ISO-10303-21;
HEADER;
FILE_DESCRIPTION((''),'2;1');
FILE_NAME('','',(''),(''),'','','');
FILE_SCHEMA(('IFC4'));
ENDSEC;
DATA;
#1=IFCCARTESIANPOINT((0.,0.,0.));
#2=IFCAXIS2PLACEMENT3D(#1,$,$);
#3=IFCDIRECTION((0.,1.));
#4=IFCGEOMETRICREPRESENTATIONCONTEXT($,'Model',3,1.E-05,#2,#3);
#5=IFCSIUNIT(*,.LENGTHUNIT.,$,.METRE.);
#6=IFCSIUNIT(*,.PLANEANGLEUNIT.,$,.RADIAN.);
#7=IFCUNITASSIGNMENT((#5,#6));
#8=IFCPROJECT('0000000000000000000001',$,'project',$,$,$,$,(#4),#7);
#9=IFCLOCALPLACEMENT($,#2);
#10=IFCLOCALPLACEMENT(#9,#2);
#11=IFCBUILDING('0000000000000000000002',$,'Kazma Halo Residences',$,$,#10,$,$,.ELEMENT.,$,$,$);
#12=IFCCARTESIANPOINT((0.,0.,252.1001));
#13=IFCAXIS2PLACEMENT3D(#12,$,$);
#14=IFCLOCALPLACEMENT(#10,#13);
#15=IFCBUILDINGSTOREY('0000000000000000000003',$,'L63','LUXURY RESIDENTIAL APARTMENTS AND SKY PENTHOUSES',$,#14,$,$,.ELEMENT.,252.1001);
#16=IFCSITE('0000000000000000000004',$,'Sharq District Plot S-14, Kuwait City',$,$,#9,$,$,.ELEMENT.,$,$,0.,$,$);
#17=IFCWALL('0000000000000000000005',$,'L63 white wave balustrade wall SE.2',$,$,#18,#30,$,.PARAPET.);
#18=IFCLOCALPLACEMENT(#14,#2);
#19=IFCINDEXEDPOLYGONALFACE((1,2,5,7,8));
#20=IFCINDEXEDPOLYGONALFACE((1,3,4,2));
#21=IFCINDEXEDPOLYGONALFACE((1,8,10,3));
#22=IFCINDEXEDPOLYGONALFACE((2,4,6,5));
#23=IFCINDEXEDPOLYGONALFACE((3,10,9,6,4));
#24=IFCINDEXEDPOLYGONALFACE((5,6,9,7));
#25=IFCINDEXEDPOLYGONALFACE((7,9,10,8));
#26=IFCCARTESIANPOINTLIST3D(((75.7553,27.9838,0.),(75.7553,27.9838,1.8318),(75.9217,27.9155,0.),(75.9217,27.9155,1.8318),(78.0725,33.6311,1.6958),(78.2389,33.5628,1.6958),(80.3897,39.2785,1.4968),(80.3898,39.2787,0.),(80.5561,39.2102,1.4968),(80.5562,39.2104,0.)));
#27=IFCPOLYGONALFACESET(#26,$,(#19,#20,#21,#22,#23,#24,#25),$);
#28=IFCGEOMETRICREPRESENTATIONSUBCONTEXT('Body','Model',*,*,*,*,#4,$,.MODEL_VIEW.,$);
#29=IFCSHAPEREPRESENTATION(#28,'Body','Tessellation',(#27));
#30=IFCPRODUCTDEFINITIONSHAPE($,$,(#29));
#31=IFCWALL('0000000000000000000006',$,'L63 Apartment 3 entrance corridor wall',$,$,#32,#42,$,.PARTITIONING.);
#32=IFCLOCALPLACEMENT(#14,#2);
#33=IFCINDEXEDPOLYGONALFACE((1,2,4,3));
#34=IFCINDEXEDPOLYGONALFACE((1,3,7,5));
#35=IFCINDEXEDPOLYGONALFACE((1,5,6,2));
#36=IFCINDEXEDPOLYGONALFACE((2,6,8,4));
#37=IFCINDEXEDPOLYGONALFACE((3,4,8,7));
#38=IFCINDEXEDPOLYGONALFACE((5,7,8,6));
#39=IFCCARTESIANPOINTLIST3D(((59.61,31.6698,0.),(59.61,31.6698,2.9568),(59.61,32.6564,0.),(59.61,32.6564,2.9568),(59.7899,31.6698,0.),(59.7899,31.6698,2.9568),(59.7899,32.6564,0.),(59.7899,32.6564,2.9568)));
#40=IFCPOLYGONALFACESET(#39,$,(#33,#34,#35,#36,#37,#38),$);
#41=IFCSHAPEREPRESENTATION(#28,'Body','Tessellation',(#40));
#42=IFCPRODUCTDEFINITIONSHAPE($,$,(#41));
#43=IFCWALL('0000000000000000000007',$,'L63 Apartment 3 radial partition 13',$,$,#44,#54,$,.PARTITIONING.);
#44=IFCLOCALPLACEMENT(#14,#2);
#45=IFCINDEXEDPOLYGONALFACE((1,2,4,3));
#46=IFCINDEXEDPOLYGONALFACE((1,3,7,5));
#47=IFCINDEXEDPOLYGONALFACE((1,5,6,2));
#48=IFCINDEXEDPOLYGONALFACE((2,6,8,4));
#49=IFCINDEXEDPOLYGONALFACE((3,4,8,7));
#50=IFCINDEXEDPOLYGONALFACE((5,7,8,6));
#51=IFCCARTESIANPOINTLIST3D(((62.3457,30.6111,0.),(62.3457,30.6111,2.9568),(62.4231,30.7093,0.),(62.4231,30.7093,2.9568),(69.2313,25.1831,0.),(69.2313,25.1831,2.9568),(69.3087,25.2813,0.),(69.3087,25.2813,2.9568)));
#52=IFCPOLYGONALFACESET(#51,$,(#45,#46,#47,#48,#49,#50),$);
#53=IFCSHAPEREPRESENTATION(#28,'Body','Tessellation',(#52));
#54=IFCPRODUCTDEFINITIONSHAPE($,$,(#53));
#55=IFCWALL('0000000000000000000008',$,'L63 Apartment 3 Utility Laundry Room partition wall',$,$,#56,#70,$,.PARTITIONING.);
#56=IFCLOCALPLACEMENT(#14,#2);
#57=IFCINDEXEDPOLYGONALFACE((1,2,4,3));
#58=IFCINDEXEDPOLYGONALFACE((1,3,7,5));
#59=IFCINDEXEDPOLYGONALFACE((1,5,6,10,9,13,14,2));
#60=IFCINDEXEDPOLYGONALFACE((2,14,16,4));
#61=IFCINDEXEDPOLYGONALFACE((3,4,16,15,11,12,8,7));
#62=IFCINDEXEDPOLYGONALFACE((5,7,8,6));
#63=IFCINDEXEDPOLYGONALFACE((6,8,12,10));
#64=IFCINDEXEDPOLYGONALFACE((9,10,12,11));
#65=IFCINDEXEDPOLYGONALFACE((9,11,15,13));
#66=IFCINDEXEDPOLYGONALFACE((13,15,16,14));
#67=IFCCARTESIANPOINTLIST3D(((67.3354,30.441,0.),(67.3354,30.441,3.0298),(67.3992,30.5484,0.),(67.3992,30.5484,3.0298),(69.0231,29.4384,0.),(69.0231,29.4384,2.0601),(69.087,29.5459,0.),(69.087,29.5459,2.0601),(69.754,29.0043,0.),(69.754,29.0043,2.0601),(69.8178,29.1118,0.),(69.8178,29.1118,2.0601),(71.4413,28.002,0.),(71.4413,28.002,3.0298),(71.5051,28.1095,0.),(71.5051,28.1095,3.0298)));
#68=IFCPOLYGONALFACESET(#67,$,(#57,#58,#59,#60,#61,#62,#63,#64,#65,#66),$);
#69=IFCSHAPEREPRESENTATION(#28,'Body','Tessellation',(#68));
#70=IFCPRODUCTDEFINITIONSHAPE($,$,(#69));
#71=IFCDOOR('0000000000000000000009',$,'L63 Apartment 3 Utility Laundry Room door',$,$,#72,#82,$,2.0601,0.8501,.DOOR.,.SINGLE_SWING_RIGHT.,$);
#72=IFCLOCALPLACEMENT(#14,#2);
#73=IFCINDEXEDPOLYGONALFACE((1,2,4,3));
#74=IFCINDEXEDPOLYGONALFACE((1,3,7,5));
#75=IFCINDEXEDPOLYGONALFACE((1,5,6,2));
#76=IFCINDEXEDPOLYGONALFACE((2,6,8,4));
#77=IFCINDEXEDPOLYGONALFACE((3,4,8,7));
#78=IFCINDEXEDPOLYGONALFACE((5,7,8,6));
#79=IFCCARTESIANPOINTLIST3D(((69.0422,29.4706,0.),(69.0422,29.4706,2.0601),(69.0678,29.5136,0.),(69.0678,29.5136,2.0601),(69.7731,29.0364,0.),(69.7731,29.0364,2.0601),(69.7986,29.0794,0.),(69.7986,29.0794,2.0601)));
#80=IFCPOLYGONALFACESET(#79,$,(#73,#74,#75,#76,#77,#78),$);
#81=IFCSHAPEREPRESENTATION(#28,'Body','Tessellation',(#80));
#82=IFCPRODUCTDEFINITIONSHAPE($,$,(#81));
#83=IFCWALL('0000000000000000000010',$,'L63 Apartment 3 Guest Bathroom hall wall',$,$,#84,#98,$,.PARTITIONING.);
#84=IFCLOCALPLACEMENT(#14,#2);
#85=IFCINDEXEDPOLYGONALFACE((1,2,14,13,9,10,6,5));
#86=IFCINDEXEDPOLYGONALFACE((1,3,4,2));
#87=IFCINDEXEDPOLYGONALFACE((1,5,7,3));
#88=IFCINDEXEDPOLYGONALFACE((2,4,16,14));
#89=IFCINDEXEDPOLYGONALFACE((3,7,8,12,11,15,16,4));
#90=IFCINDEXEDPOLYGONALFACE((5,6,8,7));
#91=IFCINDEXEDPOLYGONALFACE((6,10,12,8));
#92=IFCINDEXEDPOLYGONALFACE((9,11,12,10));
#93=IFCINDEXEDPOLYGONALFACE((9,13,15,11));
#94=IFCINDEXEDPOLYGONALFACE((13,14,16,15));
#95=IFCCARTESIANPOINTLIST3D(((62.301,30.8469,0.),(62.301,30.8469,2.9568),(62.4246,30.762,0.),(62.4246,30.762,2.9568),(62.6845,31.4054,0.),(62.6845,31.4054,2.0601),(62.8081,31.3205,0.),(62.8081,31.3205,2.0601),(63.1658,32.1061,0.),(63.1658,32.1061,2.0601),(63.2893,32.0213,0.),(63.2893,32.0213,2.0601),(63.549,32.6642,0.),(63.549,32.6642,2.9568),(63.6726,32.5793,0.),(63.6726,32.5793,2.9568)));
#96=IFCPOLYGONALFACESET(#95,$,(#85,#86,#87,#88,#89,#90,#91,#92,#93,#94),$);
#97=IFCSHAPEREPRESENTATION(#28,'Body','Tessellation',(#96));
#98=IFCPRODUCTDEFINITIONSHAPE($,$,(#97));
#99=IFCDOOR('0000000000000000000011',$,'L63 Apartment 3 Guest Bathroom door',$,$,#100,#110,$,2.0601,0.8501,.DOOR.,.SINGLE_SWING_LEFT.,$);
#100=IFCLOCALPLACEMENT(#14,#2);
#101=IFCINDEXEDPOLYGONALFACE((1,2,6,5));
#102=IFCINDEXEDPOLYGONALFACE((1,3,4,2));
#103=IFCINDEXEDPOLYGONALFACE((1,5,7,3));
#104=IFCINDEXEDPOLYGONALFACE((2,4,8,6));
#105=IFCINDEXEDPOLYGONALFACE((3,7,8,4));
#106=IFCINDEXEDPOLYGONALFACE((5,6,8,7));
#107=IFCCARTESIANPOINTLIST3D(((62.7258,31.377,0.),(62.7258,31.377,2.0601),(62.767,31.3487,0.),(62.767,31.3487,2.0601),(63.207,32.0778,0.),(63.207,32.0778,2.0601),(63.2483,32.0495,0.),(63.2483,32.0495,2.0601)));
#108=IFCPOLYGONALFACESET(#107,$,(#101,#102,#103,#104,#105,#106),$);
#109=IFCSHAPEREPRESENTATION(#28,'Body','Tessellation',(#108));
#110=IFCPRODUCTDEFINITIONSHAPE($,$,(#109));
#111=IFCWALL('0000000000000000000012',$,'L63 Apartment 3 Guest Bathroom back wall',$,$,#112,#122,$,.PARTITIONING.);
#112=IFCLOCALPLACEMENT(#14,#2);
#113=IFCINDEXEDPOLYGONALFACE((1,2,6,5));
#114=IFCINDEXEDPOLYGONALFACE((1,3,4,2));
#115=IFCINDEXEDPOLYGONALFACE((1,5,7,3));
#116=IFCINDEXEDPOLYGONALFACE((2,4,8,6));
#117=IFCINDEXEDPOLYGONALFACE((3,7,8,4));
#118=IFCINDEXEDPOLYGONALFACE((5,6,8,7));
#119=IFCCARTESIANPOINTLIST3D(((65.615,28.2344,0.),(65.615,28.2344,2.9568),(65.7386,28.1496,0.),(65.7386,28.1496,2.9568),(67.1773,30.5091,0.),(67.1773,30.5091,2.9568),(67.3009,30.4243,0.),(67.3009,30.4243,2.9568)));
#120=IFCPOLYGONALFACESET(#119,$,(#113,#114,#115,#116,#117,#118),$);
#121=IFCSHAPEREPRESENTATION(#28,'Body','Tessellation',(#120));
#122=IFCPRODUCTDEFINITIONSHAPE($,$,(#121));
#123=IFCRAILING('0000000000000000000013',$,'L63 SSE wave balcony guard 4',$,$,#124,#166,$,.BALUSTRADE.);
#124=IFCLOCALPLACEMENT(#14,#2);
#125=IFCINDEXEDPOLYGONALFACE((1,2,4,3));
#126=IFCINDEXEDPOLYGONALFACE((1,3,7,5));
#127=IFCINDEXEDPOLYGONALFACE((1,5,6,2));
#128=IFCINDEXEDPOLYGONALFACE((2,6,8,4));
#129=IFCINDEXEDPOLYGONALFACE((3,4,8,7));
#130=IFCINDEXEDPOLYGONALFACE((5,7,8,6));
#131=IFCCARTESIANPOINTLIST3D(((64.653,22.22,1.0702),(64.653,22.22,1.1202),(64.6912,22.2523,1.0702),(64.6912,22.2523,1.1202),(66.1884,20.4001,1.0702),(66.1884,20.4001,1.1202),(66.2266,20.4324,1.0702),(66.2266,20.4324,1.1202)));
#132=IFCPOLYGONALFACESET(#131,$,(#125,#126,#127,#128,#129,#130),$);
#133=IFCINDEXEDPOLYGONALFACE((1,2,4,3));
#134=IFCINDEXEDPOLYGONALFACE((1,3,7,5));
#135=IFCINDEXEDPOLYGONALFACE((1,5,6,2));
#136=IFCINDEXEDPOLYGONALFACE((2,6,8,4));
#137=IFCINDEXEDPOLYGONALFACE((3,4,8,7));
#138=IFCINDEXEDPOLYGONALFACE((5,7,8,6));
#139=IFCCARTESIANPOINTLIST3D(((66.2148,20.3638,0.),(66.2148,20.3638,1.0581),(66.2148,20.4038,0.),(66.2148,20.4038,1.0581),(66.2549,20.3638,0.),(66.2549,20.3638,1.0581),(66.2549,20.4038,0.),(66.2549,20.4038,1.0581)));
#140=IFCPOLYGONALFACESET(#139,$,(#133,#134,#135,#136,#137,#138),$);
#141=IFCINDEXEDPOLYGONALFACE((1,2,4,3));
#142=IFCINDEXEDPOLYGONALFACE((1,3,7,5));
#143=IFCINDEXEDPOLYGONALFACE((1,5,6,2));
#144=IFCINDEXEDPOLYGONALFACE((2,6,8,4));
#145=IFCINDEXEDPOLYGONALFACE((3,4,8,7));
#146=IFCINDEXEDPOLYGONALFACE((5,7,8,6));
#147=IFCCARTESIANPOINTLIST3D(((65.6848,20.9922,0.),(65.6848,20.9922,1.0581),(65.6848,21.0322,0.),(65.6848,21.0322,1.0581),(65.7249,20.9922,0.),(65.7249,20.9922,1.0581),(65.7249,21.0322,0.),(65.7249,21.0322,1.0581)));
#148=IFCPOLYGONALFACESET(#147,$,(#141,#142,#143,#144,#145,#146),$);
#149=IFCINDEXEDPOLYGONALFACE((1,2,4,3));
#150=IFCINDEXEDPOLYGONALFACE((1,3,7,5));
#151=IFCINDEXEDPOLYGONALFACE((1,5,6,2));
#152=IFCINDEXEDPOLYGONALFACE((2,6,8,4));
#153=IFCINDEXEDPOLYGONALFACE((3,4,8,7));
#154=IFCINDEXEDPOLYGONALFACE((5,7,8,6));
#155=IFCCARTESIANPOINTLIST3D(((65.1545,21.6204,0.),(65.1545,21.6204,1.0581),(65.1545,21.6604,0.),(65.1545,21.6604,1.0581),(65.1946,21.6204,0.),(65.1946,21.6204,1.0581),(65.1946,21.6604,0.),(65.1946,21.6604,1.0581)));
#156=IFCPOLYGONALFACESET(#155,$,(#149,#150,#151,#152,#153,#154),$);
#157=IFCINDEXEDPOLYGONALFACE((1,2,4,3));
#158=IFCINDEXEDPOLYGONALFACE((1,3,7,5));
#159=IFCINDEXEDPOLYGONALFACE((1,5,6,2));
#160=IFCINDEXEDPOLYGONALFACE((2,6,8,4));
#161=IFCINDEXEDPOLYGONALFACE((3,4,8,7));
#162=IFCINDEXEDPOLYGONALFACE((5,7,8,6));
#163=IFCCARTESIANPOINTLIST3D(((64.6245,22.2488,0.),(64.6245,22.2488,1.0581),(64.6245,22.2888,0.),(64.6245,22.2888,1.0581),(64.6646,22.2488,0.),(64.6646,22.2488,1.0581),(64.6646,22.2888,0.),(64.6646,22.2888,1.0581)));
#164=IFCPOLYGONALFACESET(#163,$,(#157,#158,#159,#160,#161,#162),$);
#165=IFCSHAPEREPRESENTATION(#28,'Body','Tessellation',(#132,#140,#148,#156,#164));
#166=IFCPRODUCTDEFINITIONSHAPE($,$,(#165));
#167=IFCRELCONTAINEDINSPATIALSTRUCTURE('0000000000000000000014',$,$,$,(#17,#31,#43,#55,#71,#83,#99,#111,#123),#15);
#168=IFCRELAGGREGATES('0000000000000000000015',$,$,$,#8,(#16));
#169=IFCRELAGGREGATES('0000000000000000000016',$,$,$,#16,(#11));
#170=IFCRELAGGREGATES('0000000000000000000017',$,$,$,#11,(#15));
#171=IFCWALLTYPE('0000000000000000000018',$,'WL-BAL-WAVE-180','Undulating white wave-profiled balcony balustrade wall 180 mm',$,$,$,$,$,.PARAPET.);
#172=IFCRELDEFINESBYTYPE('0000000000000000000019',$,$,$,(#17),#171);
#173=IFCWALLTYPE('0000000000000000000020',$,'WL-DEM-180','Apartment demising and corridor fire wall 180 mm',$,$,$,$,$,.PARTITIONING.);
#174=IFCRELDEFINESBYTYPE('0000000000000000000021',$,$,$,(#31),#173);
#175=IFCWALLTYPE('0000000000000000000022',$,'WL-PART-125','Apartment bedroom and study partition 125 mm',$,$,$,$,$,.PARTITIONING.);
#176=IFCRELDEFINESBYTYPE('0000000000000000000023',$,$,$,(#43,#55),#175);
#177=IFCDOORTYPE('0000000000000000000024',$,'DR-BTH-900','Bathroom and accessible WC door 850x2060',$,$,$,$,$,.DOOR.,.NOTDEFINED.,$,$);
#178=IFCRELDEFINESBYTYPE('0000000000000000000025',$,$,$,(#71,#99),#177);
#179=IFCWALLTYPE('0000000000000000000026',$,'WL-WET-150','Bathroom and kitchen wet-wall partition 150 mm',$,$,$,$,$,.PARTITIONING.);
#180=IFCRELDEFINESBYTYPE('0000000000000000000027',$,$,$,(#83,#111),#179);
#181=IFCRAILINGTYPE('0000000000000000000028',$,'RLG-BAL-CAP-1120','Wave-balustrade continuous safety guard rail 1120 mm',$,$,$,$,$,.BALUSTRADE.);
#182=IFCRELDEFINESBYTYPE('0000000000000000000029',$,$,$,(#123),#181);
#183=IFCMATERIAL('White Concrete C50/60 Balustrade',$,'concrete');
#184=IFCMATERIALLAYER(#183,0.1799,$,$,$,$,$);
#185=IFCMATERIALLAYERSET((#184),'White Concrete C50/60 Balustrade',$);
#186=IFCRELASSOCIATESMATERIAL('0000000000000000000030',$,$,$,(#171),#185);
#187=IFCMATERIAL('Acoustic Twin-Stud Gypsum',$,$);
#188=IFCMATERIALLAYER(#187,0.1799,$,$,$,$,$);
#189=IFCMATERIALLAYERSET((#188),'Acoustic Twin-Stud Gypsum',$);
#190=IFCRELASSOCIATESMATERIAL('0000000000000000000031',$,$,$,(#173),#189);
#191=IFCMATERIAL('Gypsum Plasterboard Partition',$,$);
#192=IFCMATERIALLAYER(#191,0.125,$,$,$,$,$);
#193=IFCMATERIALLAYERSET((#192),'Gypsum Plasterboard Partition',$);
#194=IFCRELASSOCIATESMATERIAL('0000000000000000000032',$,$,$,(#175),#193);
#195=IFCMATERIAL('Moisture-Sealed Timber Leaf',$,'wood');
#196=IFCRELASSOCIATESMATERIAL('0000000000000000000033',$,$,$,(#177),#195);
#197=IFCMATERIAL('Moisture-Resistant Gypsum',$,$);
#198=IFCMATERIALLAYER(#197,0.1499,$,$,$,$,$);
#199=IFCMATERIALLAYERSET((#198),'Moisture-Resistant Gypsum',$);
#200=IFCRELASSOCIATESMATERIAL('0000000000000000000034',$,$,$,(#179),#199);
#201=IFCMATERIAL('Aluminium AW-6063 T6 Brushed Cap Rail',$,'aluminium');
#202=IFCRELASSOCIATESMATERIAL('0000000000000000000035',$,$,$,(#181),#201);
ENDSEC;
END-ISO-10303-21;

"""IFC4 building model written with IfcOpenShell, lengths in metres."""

from ifc_helpers import new_model, si_unit, direction, frame, frame_2d, origin, origin_2d, place, context, subcontext, project, spatial, polyline, rectangle, outline, extrude, material, layer, layer_set, type_object, element, fill, save


model = new_model("IFC4")

# Units and contexts
model_context = context("Model", 3, precision=1e-05, world=origin(), true_north=direction((0.0, 1.0)))
body_context = subcontext(model_context, "Body", "Model", "MODEL_VIEW")
ifc_project = project(units=[si_unit("LENGTHUNIT", "METRE"), si_unit("PLANEANGLEUNIT", "RADIAN")], contexts=[model_context])

# Site, building, storey
site_placement = place(None, origin())
site = spatial("IfcSite", under=ifc_project, at=site_placement, Name="Sharq District Plot S-14, Kuwait City", CompositionType="ELEMENT", RefElevation=0.0)
building_placement = place(site_placement, origin())
building = spatial("IfcBuilding", under=site, at=building_placement, Name="Kazma Halo Residences", CompositionType="ELEMENT")
storey_placement = place(building_placement, frame((0.0, 0.0, 252.1001)))
storey = spatial("IfcBuildingStorey", under=building, at=storey_placement, Name="L63", Description="LUXURY RESIDENTIAL APARTMENTS AND SKY PENTHOUSES", CompositionType="ELEMENT", Elevation=252.1001)

# Walls
ifc_material_1 = material(Name="White Concrete C50/60 Balustrade", Category="concrete")
ifc_layer_1 = layer(ifc_material_1, 0.1799)
ifc_layer_set_1 = layer_set([ifc_layer_1], Name="White Concrete C50/60 Balustrade")
wall_type_1 = type_object("IfcWallType", Name="WL-BAL-WAVE-180", Description="Undulating white wave-profiled balcony balustrade wall 180 mm", PredefinedType="PARAPET", material=ifc_layer_set_1)
wall_1_placement = place(storey_placement, frame((75.8384, 27.9497, 0.0), z_axis=(0.0, 0.0, 1.0), x_axis=(0.379606, 0.925148, 0.0)))
element("IfcWall", 1, at=wall_1_placement, inside=storey, type_object=wall_type_1, Name="L63 white wave balustrade wall SE.2", PredefinedType="PARAPET", context=body_context, shape_type="SweptSolid", body=[
    extrude(outline(polyline([(0.0, 0.0), (12.2087, 0.0), (12.2085, 1.4968), (6.1042, 1.6958), (0.0, 1.8318), (0.0, 0.0)])), frame((0.0, 0.0898, 0.0), z_axis=(0.0, -1.0, 0.0), x_axis=(1.0, 0.0, 0.0)), (0.0, 0.0, 1.0), 0.1799),
])
ifc_material_2 = material(Name="Acoustic Twin-Stud Gypsum")
ifc_layer_2 = layer(ifc_material_2, 0.1799)
ifc_layer_set_2 = layer_set([ifc_layer_2], Name="Acoustic Twin-Stud Gypsum")
wall_type_2 = type_object("IfcWallType", Name="WL-DEM-180", Description="Apartment demising and corridor fire wall 180 mm", PredefinedType="PARTITIONING", material=ifc_layer_set_2)
wall_2_placement = place(storey_placement, frame((59.7, 31.6699, 0.0), z_axis=(0.0, 0.0, 1.0), x_axis=(0.0, 1.0, 0.0)))
element("IfcWall", 2, at=wall_2_placement, inside=storey, type_object=wall_type_2, Name="L63 Apartment 3 entrance corridor wall", PredefinedType="PARTITIONING", context=body_context, shape_type="SweptSolid", body=[
    extrude(rectangle(XDim=0.9866, YDim=0.1799, at=frame_2d((0.4932, 0.0))), origin(), (0.0, 0.0, 1.0), 2.9568),
])

# Wall
ifc_material_3 = material(Name="Gypsum Plasterboard Partition")
ifc_layer_3 = layer(ifc_material_3, 0.125)
ifc_layer_set_3 = layer_set([ifc_layer_3], Name="Gypsum Plasterboard Partition")
wall_type_3 = type_object("IfcWallType", Name="WL-PART-125", Description="Apartment bedroom and study partition 125 mm", PredefinedType="PARTITIONING", material=ifc_layer_set_3)
wall_3_placement = place(storey_placement, frame((62.3845, 30.6602, 0.0), z_axis=(0.0, 0.0, 1.0), x_axis=(0.785323, -0.619086, 0.0)))
element("IfcWall", 3, at=wall_3_placement, inside=storey, type_object=wall_type_3, Name="L63 Apartment 3 radial partition 13", PredefinedType="PARTITIONING", context=body_context, shape_type="SweptSolid", body=[
    extrude(rectangle(XDim=8.7678, YDim=0.125, at=frame_2d((4.3838, 0.0))), origin(), (0.0, 0.0, 1.0), 2.9568),
])

# Walls, openings, doors
wall_4_placement = place(storey_placement, frame((67.3674, 30.4946, 0.0), z_axis=(0.0, 0.0, 1.0), x_axis=(0.859758, -0.510702, 0.0)))
wall_4 = element("IfcWall", 4, at=wall_4_placement, inside=storey, type_object=wall_type_3, Name="L63 Apartment 3 Utility Laundry Room partition wall", PredefinedType="PARTITIONING", context=body_context, shape_type="SweptSolid", body=[
    extrude(rectangle(XDim=4.7756, YDim=0.125, at=frame_2d((2.3877, 0.0))), origin(), (0.0, 0.0, 1.0), 3.0298),
])
opening_1_placement = place(wall_4_placement, frame((1.9629, 0.0, 0.0)))
opening_1 = element("IfcOpeningElement", 5, at=opening_1_placement, cuts=wall_4, PredefinedType="OPENING", context=body_context, shape_type="SweptSolid", body=[
    extrude(rectangle(XDim=0.8501, YDim=2.0601, at=frame_2d((0.425, 1.03))), frame((0.0, 0.0725, 0.0), z_axis=(0.0, -1.0, 0.0), x_axis=(1.0, 0.0, 0.0)), (0.0, 0.0, 1.0), 0.145),
])
ifc_material_4 = material(Name="Moisture-Sealed Timber Leaf", Category="wood")
door_type_1 = type_object("IfcDoorType", Name="DR-BTH-900", Description="Bathroom and accessible WC door 850x2060", OperationType="NOTDEFINED", PredefinedType="DOOR", material=ifc_material_4)
door_1_placement = place(opening_1_placement, origin())
door_1 = element("IfcDoor", 6, at=door_1_placement, inside=storey, type_object=door_type_1, Name="L63 Apartment 3 Utility Laundry Room door", OperationType="SINGLE_SWING_RIGHT", OverallHeight=2.0601, OverallWidth=0.8501, PredefinedType="DOOR", context=body_context, shape_type="SweptSolid", body=[
    extrude(rectangle(XDim=0.8501, YDim=2.0601, at=frame_2d((0.425, 1.03))), frame((0.0, 0.0249, 0.0), z_axis=(0.0, -1.0, 0.0), x_axis=(1.0, 0.0, 0.0)), (0.0, 0.0, 1.0), 0.05),
])
fill(opening_1, door_1)
ifc_material_5 = material(Name="Moisture-Resistant Gypsum")
ifc_layer_4 = layer(ifc_material_5, 0.1499)
ifc_layer_set_4 = layer_set([ifc_layer_4], Name="Moisture-Resistant Gypsum")
wall_type_4 = type_object("IfcWallType", Name="WL-WET-150", Description="Bathroom and kitchen wet-wall partition 150 mm", PredefinedType="PARTITIONING", material=ifc_layer_set_4)
wall_5_placement = place(storey_placement, frame((62.3628, 30.8044, 0.0), z_axis=(0.0, 0.0, 1.0), x_axis=(0.566096, 0.824339, 0.0)))
wall_5 = element("IfcWall", 7, at=wall_5_placement, inside=storey, type_object=wall_type_4, Name="L63 Apartment 3 Guest Bathroom hall wall", PredefinedType="PARTITIONING", context=body_context, shape_type="SweptSolid", body=[
    extrude(rectangle(XDim=2.2046, YDim=0.1499, at=frame_2d((1.1023, 0.0))), origin(), (0.0, 0.0, 1.0), 2.9568),
])
opening_2_placement = place(wall_5_placement, frame((0.6775, 0.0, 0.0)))
opening_2 = element("IfcOpeningElement", 8, at=opening_2_placement, cuts=wall_5, PredefinedType="OPENING", context=body_context, shape_type="SweptSolid", body=[
    extrude(rectangle(XDim=0.8501, YDim=2.0601, at=frame_2d((0.425, 1.03))), frame((0.0, 0.085, 0.0), z_axis=(0.0, -1.0, 0.0), x_axis=(1.0, 0.0, 0.0)), (0.0, 0.0, 1.0), 0.1699),
])
door_2_placement = place(opening_2_placement, origin())
door_2 = element("IfcDoor", 9, at=door_2_placement, inside=storey, type_object=door_type_1, Name="L63 Apartment 3 Guest Bathroom door", OperationType="SINGLE_SWING_LEFT", OverallHeight=2.0601, OverallWidth=0.8501, PredefinedType="DOOR", context=body_context, shape_type="SweptSolid", body=[
    extrude(rectangle(XDim=0.8501, YDim=2.0601, at=frame_2d((0.425, 1.03))), frame((0.0, 0.0249, 0.0), z_axis=(0.0, -1.0, 0.0), x_axis=(1.0, 0.0, 0.0)), (0.0, 0.0, 1.0), 0.05),
])
fill(opening_2, door_2)

# Wall
wall_6_placement = place(storey_placement, frame((65.6768, 28.1919, 0.0), z_axis=(0.0, 0.0, 1.0), x_axis=(0.566142, 0.824308, 0.0)))
element("IfcWall", 10, at=wall_6_placement, inside=storey, type_object=wall_type_4, Name="L63 Apartment 3 Guest Bathroom back wall", PredefinedType="PARTITIONING", context=body_context, shape_type="SweptSolid", body=[
    extrude(rectangle(XDim=2.7595, YDim=0.1499, at=frame_2d((1.3799, 0.0))), origin(), (0.0, 0.0, 1.0), 2.9568),
])

# Railing
ifc_material_6 = material(Name="Aluminium AW-6063 T6 Brushed Cap Rail", Category="aluminium")
railing_type = type_object("IfcRailingType", Name="RLG-BAL-CAP-1120", Description="Wave-balustrade continuous safety guard rail 1120 mm", PredefinedType="BALUSTRADE", material=ifc_material_6)
railing_1_placement = place(storey_placement, frame((66.2349, 20.3838, 0.0)))
element("IfcRailing", 11, at=railing_1_placement, inside=storey, type_object=railing_type, Name="L63 SSE wave balcony guard 4", PredefinedType="BALUSTRADE", context=body_context, shape_type="SweptSolid", body=[
    extrude(rectangle(XDim=0.05, YDim=0.05, at=origin_2d()), frame((-0.0273, 0.0325, 1.0952), z_axis=(-0.644837, 0.76432, 0.0), x_axis=(-0.76432, -0.644837, 0.0)), (0.0, 0.0, 1.0), 2.3811),
    extrude(rectangle(XDim=0.04, YDim=0.04, at=origin_2d()), origin(), (0.0, 0.0, 1.0), 1.0581),
    extrude(rectangle(XDim=0.04, YDim=0.04, at=origin_2d()), frame((-0.53, 0.6284, 0.0)), (0.0, 0.0, 1.0), 1.0581),
    extrude(rectangle(XDim=0.04, YDim=0.04, at=origin_2d()), frame((-1.0603, 1.2566, 0.0)), (0.0, 0.0, 1.0), 1.0581),
    extrude(rectangle(XDim=0.04, YDim=0.04, at=origin_2d()), frame((-1.5903, 1.885, 0.0)), (0.0, 0.0, 1.0), 1.0581),
])

save(model, "model.ifc")
